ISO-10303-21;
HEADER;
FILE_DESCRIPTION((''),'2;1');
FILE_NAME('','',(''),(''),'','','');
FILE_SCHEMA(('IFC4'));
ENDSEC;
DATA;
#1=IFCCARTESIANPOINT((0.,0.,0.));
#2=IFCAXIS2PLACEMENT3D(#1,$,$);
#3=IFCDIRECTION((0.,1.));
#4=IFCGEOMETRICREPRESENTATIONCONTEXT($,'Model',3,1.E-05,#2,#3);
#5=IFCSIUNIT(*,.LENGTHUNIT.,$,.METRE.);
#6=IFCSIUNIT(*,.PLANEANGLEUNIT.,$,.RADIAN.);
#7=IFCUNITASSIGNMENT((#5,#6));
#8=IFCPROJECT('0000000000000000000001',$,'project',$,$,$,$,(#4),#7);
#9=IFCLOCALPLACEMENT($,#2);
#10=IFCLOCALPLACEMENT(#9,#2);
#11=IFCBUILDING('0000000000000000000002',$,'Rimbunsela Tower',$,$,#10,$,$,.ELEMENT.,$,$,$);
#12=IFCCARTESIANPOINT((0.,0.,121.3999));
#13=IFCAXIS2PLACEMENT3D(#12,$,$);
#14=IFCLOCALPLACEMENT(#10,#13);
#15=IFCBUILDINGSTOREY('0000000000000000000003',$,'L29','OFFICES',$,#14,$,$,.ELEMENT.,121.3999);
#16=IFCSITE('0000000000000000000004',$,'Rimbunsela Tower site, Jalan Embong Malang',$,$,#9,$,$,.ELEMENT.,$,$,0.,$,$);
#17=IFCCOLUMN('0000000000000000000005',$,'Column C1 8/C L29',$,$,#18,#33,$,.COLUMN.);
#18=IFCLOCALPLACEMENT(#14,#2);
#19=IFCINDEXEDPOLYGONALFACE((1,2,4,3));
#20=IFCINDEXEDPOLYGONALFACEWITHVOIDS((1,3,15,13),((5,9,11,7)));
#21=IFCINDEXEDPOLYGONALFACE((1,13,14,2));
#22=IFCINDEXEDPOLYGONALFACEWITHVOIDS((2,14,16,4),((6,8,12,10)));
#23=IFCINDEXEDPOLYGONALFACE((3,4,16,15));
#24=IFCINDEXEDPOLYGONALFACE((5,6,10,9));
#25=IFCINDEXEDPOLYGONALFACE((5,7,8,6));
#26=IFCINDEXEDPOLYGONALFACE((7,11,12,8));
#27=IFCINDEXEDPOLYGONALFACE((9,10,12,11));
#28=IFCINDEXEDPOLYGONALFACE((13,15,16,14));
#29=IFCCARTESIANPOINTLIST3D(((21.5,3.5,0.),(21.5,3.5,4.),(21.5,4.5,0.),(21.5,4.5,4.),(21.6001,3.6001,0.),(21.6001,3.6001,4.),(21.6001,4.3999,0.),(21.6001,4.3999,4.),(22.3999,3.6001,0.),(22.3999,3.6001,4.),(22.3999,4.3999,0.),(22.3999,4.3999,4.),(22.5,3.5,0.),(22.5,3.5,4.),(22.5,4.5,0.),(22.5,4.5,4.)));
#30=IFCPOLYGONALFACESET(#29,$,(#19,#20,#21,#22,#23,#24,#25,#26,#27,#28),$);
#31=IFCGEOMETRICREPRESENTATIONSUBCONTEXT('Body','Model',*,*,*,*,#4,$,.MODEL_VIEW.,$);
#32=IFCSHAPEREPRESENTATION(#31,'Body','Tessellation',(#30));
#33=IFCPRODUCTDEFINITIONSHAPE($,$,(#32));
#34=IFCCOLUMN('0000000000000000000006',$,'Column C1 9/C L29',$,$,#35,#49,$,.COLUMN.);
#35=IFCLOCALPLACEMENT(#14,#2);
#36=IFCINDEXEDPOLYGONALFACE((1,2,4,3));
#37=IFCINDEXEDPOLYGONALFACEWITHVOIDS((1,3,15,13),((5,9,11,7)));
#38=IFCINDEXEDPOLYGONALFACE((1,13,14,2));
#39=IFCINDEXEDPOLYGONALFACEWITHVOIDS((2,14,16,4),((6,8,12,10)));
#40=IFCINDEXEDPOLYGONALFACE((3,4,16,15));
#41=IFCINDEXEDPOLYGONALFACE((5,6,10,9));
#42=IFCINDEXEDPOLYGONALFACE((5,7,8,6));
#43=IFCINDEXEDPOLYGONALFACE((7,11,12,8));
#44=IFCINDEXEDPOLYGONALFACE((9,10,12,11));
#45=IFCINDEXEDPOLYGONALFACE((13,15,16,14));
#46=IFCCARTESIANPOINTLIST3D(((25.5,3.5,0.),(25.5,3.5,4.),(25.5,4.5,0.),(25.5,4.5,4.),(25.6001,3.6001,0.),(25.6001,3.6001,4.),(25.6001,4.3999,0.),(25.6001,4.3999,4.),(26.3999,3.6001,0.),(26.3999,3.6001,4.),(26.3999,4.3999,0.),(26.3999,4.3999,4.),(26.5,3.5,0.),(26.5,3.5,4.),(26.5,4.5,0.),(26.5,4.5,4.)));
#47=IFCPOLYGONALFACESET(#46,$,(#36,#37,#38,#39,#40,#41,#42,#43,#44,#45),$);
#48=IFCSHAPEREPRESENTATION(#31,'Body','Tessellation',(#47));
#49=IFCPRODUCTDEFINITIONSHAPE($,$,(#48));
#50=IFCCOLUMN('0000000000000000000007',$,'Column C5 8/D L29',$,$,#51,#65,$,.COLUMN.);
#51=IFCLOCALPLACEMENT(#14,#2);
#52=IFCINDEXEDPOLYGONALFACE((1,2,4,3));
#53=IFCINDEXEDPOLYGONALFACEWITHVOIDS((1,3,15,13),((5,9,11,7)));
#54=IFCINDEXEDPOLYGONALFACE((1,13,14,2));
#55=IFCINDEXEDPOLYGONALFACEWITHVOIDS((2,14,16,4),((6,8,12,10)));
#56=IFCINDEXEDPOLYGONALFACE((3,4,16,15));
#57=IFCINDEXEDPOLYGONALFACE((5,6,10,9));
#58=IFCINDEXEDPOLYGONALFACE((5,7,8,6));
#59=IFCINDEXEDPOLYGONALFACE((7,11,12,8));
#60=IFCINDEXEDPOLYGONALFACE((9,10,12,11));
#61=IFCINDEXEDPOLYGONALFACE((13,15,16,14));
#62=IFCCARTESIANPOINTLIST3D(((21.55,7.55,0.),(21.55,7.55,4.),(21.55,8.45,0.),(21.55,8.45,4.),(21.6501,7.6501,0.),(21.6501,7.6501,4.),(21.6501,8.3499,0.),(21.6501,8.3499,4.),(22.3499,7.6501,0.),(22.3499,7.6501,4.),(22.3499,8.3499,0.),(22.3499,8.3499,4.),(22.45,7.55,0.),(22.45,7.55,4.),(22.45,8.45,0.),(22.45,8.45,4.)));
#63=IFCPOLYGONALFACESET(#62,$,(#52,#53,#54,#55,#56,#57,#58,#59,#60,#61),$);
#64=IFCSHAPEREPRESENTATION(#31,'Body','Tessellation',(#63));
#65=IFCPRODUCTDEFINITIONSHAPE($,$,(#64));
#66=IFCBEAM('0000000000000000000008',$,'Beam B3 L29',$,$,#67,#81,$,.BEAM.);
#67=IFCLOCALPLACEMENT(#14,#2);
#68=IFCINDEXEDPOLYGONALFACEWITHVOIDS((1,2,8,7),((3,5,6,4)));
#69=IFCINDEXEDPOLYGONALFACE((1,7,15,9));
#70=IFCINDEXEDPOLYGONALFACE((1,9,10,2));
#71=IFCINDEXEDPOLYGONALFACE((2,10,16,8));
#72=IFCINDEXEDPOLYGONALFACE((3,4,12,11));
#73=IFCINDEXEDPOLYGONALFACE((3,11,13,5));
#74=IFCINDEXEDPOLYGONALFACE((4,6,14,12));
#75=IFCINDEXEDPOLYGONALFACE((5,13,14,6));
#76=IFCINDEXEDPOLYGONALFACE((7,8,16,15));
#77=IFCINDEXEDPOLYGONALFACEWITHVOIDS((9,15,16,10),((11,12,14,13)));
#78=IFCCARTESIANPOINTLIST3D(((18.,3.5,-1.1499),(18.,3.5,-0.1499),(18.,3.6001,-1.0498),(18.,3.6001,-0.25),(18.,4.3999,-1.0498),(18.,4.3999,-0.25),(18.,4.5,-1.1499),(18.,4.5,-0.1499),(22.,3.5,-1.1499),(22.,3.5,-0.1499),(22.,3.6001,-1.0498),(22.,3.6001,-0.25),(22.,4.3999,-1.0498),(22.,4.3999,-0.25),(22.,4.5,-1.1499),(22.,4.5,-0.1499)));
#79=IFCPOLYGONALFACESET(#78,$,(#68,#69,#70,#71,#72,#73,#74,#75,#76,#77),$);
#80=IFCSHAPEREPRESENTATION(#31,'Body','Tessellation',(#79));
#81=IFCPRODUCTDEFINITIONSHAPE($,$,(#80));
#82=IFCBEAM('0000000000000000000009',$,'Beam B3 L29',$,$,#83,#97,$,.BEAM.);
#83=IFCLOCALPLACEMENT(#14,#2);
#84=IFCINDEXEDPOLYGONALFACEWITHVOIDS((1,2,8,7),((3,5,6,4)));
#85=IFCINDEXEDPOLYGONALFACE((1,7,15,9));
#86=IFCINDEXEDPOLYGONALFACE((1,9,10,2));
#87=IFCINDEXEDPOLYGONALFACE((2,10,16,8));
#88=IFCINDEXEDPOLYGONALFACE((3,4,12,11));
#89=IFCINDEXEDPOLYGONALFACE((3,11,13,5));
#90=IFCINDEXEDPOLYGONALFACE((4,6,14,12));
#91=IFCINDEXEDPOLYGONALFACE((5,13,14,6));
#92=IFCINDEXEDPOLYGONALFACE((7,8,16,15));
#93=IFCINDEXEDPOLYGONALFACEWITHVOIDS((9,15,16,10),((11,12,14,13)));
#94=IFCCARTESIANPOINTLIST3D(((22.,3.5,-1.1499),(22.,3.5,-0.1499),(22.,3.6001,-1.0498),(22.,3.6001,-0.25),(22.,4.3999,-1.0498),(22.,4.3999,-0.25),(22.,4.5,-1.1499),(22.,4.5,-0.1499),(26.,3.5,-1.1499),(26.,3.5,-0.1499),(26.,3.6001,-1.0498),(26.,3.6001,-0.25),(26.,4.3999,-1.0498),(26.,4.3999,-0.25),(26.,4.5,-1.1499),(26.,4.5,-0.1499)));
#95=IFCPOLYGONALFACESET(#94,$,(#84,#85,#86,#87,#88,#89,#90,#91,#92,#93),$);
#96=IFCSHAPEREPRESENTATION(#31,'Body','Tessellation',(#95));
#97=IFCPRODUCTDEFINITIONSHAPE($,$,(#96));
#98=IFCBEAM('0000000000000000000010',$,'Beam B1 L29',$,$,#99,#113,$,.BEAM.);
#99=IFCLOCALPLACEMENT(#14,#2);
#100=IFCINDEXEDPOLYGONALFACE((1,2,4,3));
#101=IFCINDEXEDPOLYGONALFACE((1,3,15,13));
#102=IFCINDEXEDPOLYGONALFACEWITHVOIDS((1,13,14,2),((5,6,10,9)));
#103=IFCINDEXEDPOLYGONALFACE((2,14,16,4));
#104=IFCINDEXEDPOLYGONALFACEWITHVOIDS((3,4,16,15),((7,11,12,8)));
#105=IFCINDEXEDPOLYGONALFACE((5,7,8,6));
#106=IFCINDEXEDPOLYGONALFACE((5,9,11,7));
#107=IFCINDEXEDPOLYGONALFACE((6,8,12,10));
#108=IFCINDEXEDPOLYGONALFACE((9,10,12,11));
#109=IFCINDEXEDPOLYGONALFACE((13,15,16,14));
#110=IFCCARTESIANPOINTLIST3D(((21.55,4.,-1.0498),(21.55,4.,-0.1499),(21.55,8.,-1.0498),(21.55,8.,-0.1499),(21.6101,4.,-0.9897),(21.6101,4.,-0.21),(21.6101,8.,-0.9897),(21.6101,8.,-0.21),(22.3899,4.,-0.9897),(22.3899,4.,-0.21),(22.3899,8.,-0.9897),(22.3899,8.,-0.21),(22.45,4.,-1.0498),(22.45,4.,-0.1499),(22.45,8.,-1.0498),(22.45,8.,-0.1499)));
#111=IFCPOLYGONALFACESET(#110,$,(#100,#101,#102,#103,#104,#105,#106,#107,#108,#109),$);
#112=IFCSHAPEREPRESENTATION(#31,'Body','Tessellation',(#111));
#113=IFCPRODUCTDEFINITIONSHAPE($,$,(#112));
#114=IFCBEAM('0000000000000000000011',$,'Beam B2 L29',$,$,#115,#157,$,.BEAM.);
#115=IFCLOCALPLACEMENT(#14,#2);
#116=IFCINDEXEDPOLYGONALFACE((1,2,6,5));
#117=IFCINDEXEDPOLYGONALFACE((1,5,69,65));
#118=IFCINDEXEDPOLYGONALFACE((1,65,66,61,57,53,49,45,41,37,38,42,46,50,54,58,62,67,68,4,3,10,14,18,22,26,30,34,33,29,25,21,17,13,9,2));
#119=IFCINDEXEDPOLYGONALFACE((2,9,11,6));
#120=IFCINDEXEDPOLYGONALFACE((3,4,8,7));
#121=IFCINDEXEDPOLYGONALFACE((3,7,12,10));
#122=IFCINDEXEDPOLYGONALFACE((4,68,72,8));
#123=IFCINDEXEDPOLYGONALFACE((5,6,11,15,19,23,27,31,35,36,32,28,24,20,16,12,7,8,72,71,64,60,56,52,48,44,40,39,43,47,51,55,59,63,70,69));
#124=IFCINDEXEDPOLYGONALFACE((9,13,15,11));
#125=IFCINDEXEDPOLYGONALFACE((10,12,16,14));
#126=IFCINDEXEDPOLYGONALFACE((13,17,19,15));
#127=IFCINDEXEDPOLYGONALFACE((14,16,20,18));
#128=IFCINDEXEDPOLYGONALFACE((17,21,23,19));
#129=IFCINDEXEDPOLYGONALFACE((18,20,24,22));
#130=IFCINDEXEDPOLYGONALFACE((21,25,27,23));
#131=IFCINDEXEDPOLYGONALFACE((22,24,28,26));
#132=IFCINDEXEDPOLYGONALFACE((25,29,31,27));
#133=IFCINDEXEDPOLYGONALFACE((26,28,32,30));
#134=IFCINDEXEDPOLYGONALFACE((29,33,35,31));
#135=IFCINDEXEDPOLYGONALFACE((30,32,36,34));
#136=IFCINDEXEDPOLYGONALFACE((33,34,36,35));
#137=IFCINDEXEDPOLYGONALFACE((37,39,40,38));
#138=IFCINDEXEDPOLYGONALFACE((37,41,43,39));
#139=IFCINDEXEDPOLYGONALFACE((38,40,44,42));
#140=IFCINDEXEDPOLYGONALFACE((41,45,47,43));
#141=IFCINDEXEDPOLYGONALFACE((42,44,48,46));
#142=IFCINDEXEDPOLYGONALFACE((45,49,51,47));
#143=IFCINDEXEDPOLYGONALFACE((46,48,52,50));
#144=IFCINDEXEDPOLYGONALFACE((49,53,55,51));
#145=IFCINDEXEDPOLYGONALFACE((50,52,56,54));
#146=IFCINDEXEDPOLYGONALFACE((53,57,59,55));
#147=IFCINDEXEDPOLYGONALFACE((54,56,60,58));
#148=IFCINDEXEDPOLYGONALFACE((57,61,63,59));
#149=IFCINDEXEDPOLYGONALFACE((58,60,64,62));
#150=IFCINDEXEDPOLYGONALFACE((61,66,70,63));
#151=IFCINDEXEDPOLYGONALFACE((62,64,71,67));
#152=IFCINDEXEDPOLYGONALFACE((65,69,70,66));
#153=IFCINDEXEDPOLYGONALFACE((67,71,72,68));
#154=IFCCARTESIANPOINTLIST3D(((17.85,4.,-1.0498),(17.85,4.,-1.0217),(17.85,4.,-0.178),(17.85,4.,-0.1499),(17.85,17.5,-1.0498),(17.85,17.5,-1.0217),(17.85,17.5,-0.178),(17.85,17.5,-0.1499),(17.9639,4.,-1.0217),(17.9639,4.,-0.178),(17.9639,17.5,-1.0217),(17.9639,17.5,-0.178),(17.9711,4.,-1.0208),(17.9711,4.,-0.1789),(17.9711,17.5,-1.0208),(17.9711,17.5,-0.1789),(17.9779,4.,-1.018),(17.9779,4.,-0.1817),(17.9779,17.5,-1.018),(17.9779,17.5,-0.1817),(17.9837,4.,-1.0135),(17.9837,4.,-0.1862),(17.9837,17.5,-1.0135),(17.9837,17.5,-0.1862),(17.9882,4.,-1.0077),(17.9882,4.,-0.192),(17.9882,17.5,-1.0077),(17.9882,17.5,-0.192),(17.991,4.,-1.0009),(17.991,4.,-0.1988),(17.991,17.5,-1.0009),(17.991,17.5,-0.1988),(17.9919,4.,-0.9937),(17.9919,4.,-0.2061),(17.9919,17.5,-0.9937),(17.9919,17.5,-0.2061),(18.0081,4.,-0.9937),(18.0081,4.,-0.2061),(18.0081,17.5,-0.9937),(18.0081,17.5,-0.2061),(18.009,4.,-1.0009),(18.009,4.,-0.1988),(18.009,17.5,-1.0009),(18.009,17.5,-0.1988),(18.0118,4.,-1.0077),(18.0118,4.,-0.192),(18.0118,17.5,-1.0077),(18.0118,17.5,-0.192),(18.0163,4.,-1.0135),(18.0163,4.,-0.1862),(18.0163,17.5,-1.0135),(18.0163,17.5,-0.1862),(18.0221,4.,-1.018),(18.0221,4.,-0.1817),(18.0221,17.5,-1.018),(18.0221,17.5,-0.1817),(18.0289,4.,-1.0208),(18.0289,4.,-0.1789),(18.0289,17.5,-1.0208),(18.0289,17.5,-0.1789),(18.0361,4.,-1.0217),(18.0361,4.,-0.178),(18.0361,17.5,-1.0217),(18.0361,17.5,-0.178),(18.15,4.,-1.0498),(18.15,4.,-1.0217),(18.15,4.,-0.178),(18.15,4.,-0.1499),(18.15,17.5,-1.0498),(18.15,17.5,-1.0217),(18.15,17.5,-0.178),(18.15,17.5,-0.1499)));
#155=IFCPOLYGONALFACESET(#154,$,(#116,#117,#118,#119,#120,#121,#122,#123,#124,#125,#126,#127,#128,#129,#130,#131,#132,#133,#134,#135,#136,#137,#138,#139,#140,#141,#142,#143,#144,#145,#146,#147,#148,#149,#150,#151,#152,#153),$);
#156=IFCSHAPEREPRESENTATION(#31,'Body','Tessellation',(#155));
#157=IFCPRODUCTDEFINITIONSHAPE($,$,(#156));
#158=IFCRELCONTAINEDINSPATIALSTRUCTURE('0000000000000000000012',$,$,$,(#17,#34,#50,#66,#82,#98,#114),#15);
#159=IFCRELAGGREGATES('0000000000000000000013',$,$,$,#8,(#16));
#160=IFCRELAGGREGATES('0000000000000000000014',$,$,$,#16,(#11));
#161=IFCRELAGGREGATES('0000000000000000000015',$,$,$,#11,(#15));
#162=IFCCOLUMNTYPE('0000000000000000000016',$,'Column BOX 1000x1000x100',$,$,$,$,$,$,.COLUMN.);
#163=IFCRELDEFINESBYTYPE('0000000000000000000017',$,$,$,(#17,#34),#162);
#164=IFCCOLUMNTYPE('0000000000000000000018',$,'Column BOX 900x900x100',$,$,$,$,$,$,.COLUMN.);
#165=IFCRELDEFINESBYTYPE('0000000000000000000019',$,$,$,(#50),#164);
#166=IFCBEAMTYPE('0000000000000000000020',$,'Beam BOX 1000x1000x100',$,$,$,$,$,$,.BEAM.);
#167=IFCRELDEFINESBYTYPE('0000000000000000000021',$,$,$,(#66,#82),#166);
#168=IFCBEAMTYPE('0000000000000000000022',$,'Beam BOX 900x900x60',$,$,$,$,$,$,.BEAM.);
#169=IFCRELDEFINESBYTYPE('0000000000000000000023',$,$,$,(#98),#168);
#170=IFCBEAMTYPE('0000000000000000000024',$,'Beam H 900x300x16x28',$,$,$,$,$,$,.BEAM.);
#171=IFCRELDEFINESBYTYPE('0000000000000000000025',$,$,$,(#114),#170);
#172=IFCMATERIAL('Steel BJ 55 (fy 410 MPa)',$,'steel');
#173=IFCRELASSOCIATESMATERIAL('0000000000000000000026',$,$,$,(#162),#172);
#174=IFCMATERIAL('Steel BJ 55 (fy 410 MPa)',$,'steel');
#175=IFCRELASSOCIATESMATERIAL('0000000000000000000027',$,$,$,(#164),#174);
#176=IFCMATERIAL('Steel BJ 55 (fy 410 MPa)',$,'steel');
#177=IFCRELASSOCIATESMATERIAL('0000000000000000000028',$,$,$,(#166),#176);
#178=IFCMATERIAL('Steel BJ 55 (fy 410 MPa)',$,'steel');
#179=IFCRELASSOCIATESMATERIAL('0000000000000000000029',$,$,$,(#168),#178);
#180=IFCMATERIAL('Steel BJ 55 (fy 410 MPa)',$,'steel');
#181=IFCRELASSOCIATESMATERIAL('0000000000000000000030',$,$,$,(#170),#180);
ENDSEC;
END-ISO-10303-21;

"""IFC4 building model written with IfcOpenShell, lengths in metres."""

from ifc_helpers import new_model, si_unit, direction, frame, origin, origin_2d, place, context, subcontext, project, spatial, hollow_rectangle, i_section, extrude, material, material_profile, profile_set, type_object, element, save


model = new_model("IFC4")

# Units and contexts
model_context = context("Model", 3, precision=1e-05, world=origin(), true_north=direction((0.0, 1.0)))
body_context = subcontext(model_context, "Body", "Model", "MODEL_VIEW")
ifc_project = project(units=[si_unit("LENGTHUNIT", "METRE"), si_unit("PLANEANGLEUNIT", "RADIAN")], contexts=[model_context])

# Site, building, storey
site_placement = place(None, origin())
site = spatial("IfcSite", under=ifc_project, at=site_placement, Name="Rimbunsela Tower site, Jalan Embong Malang", CompositionType="ELEMENT", RefElevation=0.0)
building_placement = place(site_placement, origin())
building = spatial("IfcBuilding", under=site, at=building_placement, Name="Rimbunsela Tower", CompositionType="ELEMENT")
storey_placement = place(building_placement, frame((0.0, 0.0, 121.3999)))
storey = spatial("IfcBuildingStorey", under=building, at=storey_placement, Name="L29", Description="OFFICES", CompositionType="ELEMENT", Elevation=121.3999)

# Columns
ifc_material_1 = material(Name="Steel BJ 55 (fy 410 MPa)", Category="steel")
ifc_material_profile_1 = material_profile(ifc_material_1, hollow_rectangle(XDim=1.0, YDim=1.0, WallThickness=0.1001, at=origin_2d()), Name="BOX 1000x1000x100")
ifc_profile_set_1 = profile_set([ifc_material_profile_1], Name="Steel BJ 55 (fy 410 MPa)")
column_type_1 = type_object("IfcColumnType", Name="Column BOX 1000x1000x100", PredefinedType="COLUMN", material=ifc_profile_set_1)
for number, where, z_axis, x_axis, name in (
    (1, (22.0, 4.0, 0.0), (0.0, 0.0, 1.0), (1.0, 0.0, 0.0), "Column C1 8/C L29"),
    (2, (26.0, 4.0, 0.0), (0.0, 0.0, 1.0), (1.0, 0.0, 0.0), "Column C1 9/C L29"),
):
    element("IfcColumn", number, at=place(storey_placement, frame(where, z_axis=z_axis, x_axis=x_axis)), inside=storey, type_object=column_type_1, Name=name, PredefinedType="COLUMN", context=body_context, shape_type="SweptSolid", body=[
        extrude(hollow_rectangle(XDim=1.0, YDim=1.0, WallThickness=0.1001, at=origin_2d()), origin(), (0.0, 0.0, 1.0), 4.0),
    ])
ifc_material_2 = material(Name="Steel BJ 55 (fy 410 MPa)", Category="steel")
ifc_material_profile_2 = material_profile(ifc_material_2, hollow_rectangle(XDim=0.8999, YDim=0.8999, WallThickness=0.1001, at=origin_2d()), Name="BOX 900x900x100")
ifc_profile_set_2 = profile_set([ifc_material_profile_2], Name="Steel BJ 55 (fy 410 MPa)")
column_type_2 = type_object("IfcColumnType", Name="Column BOX 900x900x100", PredefinedType="COLUMN", material=ifc_profile_set_2)
column_placement = place(storey_placement, frame((22.0, 8.0, 0.0), z_axis=(0.0, 0.0, 1.0), x_axis=(1.0, 0.0, 0.0)))
element("IfcColumn", 3, at=column_placement, inside=storey, type_object=column_type_2, Name="Column C5 8/D L29", PredefinedType="COLUMN", context=body_context, shape_type="SweptSolid", body=[
    extrude(hollow_rectangle(XDim=0.8999, YDim=0.8999, WallThickness=0.1001, at=origin_2d()), origin(), (0.0, 0.0, 1.0), 4.0),
])

# Beams
ifc_material_3 = material(Name="Steel BJ 55 (fy 410 MPa)", Category="steel")
ifc_material_profile_3 = material_profile(ifc_material_3, hollow_rectangle(XDim=1.0, YDim=1.0, WallThickness=0.1001, at=origin_2d()), Name="BOX 1000x1000x100")
ifc_profile_set_3 = profile_set([ifc_material_profile_3], Name="Steel BJ 55 (fy 410 MPa)")
beam_type_1 = type_object("IfcBeamType", Name="Beam BOX 1000x1000x100", PredefinedType="BEAM", material=ifc_profile_set_3)
for number, where, z_axis, x_axis, name in (
    (4, (18.0, 4.0, -0.6499), (1.0, 0.0, 0.0), (0.0, 1.0, 0.0), "Beam B3 L29"),
    (5, (22.0, 4.0, -0.6499), (1.0, 0.0, 0.0), (0.0, 1.0, 0.0), "Beam B3 L29"),
):
    element("IfcBeam", number, at=place(storey_placement, frame(where, z_axis=z_axis, x_axis=x_axis)), inside=storey, type_object=beam_type_1, Name=name, PredefinedType="BEAM", context=body_context, shape_type="SweptSolid", body=[
        extrude(hollow_rectangle(XDim=1.0, YDim=1.0, WallThickness=0.1001, at=origin_2d()), origin(), (0.0, 0.0, 1.0), 4.0),
    ])
ifc_material_4 = material(Name="Steel BJ 55 (fy 410 MPa)", Category="steel")
ifc_material_profile_4 = material_profile(ifc_material_4, hollow_rectangle(XDim=0.8999, YDim=0.8999, WallThickness=0.0601, at=origin_2d()), Name="BOX 900x900x60")
ifc_profile_set_4 = profile_set([ifc_material_profile_4], Name="Steel BJ 55 (fy 410 MPa)")
beam_type_2 = type_object("IfcBeamType", Name="Beam BOX 900x900x60", PredefinedType="BEAM", material=ifc_profile_set_4)
beam_1_placement = place(storey_placement, frame((22.0, 4.0, -0.5999), z_axis=(0.0, 1.0, 0.0), x_axis=(-1.0, 0.0, 0.0)))
element("IfcBeam", 6, at=beam_1_placement, inside=storey, type_object=beam_type_2, Name="Beam B1 L29", PredefinedType="BEAM", context=body_context, shape_type="SweptSolid", body=[
    extrude(hollow_rectangle(XDim=0.8999, YDim=0.8999, WallThickness=0.0601, at=origin_2d()), origin(), (0.0, 0.0, 1.0), 4.0),
])
ifc_material_5 = material(Name="Steel BJ 55 (fy 410 MPa)", Category="steel")
ifc_material_profile_5 = material_profile(ifc_material_5, i_section(OverallWidth=0.3, OverallDepth=0.8999, WebThickness=0.0161, FlangeThickness=0.0281, FilletRadius=0.0281, at=origin_2d()), Name="H 900x300x16x28")
ifc_profile_set_5 = profile_set([ifc_material_profile_5], Name="Steel BJ 55 (fy 410 MPa)")
beam_type_3 = type_object("IfcBeamType", Name="Beam H 900x300x16x28", PredefinedType="BEAM", material=ifc_profile_set_5)
beam_2_placement = place(storey_placement, frame((18.0, 4.0, -0.5999), z_axis=(0.0, 1.0, 0.0), x_axis=(-1.0, 0.0, 0.0)))
element("IfcBeam", 7, at=beam_2_placement, inside=storey, type_object=beam_type_3, Name="Beam B2 L29", PredefinedType="BEAM", context=body_context, shape_type="SweptSolid", body=[
    extrude(i_section(OverallWidth=0.3, OverallDepth=0.8999, WebThickness=0.0161, FlangeThickness=0.0281, FilletRadius=0.0281, at=origin_2d()), origin(), (0.0, 0.0, 1.0), 13.5),
])

save(model, "model.ifc")
